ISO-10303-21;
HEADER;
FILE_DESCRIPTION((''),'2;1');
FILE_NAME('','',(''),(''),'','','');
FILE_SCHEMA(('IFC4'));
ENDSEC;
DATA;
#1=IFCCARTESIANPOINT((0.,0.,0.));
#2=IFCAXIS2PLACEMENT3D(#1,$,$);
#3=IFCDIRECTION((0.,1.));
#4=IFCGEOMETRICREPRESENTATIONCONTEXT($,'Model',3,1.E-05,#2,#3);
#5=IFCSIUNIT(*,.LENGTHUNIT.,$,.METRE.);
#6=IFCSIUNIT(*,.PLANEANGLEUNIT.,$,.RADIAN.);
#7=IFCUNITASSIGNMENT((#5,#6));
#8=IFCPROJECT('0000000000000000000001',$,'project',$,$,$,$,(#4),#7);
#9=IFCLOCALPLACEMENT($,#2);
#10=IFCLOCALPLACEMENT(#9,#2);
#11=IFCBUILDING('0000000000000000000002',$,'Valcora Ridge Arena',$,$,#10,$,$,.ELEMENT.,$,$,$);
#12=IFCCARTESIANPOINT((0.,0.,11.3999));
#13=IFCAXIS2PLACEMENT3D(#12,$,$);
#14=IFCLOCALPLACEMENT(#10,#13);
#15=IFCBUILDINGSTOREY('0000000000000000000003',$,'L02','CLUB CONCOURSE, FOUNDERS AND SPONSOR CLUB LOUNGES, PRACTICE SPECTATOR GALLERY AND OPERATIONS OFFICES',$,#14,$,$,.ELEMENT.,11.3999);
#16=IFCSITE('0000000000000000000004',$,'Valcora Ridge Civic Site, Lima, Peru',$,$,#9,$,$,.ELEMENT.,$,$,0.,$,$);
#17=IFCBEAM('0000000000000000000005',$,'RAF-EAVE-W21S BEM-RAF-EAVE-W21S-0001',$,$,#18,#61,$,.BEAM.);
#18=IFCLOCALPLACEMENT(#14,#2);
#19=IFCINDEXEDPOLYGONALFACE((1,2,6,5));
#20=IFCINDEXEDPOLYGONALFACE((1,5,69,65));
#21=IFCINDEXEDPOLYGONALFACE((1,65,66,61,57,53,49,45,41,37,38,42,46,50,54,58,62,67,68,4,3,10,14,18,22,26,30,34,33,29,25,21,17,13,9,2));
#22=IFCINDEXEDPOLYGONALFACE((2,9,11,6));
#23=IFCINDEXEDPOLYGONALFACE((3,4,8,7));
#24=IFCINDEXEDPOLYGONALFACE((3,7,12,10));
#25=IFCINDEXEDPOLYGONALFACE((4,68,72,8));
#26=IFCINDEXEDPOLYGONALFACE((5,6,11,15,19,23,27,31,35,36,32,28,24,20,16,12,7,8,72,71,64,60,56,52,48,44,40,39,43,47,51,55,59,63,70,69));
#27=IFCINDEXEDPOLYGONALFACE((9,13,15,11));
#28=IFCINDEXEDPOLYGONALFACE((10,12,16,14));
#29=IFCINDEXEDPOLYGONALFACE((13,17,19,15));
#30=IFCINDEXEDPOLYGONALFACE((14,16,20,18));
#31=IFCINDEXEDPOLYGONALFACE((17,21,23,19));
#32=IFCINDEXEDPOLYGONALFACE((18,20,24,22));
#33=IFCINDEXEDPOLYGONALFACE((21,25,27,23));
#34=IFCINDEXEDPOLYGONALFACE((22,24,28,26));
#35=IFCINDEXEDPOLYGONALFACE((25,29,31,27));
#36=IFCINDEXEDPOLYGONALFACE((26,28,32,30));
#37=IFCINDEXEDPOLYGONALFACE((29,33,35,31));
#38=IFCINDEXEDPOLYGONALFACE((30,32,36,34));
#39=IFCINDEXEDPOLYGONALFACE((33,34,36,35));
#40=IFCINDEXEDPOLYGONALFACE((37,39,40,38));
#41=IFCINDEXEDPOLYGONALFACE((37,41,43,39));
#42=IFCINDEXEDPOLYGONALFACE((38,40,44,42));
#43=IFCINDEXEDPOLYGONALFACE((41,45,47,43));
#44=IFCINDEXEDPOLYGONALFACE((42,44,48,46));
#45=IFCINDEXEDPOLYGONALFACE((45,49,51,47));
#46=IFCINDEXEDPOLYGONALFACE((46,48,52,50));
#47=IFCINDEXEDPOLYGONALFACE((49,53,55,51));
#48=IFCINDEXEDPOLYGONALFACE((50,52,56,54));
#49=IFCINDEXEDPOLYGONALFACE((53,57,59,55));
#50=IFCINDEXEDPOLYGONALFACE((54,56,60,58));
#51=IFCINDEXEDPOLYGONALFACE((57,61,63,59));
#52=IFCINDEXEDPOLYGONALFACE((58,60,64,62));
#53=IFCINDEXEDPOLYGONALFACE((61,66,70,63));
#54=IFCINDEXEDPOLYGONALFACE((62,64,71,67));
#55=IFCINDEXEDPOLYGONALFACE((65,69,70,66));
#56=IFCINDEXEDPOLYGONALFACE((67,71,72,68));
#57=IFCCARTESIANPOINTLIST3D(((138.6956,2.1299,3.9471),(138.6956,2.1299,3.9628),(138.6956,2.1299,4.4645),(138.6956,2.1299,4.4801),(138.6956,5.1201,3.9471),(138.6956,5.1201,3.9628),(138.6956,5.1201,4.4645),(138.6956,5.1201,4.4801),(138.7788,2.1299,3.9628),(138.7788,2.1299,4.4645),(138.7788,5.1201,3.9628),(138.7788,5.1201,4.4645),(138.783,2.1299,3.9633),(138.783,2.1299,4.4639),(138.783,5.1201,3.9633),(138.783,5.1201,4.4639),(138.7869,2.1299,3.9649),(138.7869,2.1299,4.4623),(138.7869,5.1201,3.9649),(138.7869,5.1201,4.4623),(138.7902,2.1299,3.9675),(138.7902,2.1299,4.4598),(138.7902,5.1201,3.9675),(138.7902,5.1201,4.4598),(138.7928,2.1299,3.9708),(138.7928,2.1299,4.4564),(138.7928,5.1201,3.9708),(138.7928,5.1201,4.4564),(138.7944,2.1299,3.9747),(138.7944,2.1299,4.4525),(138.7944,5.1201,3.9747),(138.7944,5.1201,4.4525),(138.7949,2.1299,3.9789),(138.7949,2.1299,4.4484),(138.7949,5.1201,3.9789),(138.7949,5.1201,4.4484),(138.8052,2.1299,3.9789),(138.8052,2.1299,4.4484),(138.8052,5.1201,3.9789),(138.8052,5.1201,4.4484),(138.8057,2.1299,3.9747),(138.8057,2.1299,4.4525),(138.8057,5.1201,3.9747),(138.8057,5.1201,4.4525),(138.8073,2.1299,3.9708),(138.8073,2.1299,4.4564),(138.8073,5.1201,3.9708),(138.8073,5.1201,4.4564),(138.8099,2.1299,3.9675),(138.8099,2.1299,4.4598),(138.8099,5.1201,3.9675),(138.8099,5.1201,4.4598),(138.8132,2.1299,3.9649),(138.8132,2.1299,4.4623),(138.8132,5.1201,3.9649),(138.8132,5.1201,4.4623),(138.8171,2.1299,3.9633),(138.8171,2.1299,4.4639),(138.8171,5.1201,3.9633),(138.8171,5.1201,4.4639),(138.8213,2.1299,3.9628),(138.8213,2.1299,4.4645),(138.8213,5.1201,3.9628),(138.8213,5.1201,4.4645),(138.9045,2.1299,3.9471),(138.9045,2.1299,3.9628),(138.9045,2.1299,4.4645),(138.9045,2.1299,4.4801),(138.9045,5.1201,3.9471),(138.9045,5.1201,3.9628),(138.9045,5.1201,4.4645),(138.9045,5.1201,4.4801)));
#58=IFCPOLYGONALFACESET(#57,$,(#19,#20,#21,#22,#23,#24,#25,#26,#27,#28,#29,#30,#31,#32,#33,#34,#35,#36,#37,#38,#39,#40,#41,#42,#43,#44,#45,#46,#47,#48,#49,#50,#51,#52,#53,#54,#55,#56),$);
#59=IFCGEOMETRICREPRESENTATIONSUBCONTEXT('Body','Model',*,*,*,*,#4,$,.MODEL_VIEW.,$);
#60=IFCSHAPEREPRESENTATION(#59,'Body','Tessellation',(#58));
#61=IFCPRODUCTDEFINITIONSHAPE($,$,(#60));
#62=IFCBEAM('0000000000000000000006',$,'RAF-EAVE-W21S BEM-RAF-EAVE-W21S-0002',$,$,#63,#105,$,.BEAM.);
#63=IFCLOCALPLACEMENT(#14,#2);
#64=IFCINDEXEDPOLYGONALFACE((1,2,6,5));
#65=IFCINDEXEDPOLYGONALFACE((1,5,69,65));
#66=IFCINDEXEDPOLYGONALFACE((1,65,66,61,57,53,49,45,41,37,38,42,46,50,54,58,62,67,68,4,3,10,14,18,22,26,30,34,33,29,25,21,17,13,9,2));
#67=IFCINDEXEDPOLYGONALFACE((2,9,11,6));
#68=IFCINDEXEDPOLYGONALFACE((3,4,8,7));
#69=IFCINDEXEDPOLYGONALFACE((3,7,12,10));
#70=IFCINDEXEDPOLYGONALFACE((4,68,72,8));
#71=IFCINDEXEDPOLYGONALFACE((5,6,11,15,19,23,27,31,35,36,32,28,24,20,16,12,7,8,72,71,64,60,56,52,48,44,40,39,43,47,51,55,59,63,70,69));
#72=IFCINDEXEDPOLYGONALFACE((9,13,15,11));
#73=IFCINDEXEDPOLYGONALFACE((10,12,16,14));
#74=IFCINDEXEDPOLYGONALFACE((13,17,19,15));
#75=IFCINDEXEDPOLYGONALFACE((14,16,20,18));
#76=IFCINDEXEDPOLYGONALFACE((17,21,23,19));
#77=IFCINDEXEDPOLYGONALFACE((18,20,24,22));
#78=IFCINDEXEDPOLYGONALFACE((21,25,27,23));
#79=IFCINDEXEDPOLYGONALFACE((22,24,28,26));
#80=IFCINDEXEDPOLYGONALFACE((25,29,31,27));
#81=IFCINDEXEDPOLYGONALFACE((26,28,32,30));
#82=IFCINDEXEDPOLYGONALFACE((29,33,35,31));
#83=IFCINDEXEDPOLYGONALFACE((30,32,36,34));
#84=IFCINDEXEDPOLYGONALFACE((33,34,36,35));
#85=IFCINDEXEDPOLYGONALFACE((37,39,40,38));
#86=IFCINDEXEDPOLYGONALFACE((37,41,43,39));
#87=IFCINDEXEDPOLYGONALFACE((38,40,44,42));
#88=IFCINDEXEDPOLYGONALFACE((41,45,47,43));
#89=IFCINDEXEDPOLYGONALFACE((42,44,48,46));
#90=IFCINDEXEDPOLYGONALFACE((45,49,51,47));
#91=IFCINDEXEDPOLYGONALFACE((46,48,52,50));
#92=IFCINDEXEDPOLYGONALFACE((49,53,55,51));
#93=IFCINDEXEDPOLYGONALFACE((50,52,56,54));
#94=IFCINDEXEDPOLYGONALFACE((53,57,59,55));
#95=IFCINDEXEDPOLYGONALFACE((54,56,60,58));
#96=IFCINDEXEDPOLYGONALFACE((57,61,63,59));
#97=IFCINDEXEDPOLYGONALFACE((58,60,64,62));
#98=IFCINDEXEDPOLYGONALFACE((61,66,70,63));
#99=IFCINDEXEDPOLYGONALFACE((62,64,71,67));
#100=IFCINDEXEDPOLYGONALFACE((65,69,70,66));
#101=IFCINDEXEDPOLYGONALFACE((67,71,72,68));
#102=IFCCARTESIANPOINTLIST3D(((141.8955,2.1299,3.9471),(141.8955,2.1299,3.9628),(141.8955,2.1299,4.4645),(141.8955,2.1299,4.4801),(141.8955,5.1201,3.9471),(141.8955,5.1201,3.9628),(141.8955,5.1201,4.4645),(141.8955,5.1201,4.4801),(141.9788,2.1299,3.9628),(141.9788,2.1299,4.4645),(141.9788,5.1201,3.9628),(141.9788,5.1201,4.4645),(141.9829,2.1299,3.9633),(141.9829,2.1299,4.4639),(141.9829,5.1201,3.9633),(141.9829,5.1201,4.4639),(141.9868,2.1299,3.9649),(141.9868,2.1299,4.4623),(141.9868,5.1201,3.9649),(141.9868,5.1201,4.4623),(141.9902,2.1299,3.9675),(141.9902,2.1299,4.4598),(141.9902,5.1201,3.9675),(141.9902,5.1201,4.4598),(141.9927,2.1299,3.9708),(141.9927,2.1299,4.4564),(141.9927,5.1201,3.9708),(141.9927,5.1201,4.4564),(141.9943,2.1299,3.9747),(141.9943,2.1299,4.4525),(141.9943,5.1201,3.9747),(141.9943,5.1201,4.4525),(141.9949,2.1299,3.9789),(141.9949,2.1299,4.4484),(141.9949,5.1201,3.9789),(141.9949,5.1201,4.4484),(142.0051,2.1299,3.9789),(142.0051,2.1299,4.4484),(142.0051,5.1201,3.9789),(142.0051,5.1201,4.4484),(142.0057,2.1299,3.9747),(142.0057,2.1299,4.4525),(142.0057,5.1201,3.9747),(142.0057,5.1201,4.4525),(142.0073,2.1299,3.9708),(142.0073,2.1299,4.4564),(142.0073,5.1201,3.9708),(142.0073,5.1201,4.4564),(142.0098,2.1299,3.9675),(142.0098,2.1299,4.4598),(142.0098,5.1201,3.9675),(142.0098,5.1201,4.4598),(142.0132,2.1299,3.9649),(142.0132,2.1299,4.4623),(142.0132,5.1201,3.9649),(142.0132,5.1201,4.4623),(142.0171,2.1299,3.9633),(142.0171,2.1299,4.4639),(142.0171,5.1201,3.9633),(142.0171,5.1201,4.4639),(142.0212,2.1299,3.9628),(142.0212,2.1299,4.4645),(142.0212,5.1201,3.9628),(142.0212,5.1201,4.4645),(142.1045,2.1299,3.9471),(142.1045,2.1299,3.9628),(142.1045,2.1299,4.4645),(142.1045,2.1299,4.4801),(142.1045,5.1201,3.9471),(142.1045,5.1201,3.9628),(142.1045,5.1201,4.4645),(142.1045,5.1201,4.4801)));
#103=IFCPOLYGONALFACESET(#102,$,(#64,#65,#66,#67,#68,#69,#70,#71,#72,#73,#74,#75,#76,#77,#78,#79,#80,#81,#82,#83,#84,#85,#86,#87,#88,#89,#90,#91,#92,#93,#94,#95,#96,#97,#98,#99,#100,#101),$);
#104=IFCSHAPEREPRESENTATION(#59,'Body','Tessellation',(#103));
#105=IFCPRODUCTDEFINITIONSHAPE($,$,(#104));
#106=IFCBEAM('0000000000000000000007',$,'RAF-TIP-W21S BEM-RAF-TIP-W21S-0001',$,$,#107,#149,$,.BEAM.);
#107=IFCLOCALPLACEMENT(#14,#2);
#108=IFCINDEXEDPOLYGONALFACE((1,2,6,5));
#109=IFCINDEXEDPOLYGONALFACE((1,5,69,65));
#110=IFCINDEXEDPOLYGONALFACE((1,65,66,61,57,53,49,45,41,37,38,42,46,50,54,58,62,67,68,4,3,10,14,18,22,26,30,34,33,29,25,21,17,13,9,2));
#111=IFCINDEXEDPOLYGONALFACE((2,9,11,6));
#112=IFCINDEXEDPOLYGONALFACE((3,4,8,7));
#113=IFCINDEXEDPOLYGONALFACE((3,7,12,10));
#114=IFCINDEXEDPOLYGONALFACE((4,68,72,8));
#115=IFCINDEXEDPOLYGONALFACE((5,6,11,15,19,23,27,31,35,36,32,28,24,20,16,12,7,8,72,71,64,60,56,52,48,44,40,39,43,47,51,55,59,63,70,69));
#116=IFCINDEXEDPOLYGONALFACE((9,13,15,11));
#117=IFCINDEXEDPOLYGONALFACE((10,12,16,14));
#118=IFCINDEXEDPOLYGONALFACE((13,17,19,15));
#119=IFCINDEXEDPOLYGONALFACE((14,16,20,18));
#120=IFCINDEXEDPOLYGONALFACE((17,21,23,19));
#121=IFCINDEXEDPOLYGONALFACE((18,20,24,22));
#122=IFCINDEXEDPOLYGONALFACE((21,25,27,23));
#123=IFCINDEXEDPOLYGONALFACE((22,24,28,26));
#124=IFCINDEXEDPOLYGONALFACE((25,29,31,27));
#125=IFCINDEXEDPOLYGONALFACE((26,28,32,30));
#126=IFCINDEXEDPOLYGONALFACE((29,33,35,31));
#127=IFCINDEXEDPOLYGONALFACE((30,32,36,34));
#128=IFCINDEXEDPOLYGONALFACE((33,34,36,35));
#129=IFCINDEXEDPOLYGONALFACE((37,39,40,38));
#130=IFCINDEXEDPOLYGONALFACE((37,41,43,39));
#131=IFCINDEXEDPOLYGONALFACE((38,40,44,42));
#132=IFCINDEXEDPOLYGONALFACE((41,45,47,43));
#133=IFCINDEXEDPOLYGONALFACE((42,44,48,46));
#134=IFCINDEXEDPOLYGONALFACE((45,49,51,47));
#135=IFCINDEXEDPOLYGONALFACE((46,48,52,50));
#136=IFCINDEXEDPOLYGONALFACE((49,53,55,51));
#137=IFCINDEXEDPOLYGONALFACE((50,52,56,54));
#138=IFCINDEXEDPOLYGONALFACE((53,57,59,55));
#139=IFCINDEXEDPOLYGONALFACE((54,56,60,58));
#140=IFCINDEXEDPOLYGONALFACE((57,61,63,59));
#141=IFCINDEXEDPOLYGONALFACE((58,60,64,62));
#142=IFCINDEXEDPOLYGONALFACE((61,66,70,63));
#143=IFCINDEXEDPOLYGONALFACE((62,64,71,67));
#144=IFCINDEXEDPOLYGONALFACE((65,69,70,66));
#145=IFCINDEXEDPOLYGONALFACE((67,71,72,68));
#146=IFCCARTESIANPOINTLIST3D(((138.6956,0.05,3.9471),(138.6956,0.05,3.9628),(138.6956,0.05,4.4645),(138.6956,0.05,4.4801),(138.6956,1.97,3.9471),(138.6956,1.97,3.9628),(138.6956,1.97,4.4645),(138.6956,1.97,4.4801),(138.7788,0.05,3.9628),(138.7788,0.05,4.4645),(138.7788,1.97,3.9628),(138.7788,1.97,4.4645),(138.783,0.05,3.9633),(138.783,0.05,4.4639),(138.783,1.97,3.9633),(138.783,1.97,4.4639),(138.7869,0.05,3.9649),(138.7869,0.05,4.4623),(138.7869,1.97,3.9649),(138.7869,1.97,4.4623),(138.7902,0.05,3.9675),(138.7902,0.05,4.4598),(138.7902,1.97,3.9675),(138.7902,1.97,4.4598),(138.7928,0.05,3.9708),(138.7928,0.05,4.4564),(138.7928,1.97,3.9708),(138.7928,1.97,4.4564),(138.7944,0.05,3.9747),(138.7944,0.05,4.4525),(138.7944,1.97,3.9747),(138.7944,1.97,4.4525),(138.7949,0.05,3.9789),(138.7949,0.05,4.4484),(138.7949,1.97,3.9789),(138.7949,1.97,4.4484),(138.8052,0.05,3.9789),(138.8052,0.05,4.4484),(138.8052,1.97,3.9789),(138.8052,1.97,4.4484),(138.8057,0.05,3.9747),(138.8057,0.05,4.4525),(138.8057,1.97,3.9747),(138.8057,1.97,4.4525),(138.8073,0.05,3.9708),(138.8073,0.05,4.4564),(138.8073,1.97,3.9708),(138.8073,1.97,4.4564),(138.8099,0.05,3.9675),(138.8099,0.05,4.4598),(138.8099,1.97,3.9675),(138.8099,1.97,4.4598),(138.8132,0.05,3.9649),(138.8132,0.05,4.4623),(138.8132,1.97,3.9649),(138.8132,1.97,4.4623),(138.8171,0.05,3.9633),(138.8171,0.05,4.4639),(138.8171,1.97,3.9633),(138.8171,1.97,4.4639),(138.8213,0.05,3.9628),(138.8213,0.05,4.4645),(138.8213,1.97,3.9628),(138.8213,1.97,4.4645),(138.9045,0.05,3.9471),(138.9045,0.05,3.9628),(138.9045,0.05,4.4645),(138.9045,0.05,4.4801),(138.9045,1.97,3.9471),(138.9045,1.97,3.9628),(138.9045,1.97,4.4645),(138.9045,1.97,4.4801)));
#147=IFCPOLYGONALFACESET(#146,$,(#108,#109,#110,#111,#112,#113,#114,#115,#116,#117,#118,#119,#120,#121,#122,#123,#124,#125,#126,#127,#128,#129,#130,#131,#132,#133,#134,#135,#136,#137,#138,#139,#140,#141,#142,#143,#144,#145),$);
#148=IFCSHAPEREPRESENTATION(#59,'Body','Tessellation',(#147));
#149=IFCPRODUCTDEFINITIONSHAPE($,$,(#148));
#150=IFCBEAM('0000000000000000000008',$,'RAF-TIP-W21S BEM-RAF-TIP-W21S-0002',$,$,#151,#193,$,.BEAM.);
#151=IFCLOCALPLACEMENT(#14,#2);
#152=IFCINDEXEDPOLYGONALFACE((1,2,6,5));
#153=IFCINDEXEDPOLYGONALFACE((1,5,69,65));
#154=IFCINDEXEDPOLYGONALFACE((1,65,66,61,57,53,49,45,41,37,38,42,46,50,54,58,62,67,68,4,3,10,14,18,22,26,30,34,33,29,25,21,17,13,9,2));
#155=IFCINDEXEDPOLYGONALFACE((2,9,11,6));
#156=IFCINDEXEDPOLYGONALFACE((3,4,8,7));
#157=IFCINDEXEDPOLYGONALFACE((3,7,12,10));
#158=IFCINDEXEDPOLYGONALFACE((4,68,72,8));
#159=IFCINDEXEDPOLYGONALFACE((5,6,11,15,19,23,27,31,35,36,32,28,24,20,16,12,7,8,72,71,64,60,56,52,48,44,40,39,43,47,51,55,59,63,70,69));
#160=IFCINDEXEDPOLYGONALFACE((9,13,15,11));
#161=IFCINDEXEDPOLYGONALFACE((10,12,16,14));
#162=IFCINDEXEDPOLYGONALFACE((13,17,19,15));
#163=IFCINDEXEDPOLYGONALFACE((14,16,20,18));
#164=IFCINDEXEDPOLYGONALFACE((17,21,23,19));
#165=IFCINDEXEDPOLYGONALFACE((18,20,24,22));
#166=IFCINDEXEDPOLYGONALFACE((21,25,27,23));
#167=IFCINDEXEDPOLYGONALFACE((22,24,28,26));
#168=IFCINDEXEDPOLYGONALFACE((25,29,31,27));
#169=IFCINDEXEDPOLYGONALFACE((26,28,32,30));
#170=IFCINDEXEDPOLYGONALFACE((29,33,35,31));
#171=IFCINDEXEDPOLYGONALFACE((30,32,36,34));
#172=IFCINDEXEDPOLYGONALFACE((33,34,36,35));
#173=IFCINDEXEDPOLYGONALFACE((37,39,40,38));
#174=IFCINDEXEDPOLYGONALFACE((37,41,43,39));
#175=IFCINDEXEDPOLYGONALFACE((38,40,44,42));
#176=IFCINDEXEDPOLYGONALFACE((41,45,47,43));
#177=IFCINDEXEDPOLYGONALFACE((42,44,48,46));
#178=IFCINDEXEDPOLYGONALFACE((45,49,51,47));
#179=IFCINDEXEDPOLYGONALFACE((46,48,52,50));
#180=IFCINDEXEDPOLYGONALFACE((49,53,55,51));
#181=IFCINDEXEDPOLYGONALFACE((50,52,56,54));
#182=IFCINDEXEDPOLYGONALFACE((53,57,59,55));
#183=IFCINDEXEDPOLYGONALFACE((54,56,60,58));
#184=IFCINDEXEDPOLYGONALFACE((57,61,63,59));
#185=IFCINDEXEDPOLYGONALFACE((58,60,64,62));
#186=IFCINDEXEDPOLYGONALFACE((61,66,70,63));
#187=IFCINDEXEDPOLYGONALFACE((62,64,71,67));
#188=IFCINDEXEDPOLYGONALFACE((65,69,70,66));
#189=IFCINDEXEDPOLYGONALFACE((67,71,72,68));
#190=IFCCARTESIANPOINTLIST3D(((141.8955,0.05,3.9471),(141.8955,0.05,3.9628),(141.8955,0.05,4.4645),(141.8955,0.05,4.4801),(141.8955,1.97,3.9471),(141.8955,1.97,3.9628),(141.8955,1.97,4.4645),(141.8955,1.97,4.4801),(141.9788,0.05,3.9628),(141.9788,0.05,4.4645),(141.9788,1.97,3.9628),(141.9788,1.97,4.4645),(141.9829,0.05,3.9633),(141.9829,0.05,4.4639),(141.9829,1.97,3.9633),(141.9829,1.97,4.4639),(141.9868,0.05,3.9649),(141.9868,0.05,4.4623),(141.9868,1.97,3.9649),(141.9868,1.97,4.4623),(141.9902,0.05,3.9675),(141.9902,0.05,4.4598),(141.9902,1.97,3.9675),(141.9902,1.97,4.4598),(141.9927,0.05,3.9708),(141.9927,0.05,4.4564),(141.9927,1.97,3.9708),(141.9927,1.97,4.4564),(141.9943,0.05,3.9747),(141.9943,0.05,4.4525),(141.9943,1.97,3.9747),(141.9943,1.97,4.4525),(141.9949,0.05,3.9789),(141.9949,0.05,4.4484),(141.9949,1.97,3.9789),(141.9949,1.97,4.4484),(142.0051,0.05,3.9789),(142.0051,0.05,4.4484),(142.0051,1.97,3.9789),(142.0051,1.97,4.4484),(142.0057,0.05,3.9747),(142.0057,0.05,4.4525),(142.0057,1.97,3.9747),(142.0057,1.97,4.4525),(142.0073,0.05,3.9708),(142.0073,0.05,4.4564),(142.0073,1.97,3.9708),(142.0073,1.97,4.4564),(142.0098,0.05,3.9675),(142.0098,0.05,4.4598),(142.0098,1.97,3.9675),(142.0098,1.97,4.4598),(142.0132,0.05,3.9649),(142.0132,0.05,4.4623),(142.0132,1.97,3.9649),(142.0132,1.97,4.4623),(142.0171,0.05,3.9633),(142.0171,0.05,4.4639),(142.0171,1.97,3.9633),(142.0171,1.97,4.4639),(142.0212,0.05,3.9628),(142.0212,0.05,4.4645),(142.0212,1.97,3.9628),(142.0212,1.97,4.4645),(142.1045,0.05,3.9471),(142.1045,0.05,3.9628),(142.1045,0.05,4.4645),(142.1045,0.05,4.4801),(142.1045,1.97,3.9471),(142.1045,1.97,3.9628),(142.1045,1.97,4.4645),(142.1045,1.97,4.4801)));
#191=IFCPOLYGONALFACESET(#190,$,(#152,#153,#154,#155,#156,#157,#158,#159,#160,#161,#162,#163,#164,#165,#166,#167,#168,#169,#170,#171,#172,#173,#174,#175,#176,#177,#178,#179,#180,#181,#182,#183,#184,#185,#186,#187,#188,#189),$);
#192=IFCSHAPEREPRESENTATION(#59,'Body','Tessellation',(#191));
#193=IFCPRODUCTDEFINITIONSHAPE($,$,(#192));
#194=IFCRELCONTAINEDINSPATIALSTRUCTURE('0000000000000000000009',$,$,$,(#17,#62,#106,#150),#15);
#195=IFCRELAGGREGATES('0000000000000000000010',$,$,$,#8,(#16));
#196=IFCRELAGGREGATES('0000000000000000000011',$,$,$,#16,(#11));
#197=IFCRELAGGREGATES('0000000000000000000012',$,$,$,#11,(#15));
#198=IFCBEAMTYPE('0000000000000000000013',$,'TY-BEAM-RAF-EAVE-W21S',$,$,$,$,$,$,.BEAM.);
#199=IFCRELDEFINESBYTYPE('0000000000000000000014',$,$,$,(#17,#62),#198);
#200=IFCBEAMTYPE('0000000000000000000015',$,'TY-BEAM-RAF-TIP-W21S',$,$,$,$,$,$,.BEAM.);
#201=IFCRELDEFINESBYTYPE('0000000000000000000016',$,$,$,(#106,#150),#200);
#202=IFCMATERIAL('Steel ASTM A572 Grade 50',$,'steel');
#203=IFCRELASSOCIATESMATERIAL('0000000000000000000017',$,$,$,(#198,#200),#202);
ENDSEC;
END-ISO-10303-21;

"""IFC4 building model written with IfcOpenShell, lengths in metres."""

from ifc_helpers import new_model, si_unit, direction, frame, origin, origin_2d, place, context, subcontext, project, spatial, i_section, extrude, material, material_profile, profile_set, type_object, element, save


model = new_model("IFC4")

# Units and contexts
model_context = context("Model", 3, precision=1e-05, world=origin(), true_north=direction((0.0, 1.0)))
body_context = subcontext(model_context, "Body", "Model", "MODEL_VIEW")
ifc_project = project(units=[si_unit("LENGTHUNIT", "METRE"), si_unit("PLANEANGLEUNIT", "RADIAN")], contexts=[model_context])

# Site, building, storey
site_placement = place(None, origin())
site = spatial("IfcSite", under=ifc_project, at=site_placement, Name="Valcora Ridge Civic Site, Lima, Peru", CompositionType="ELEMENT", RefElevation=0.0)
building_placement = place(site_placement, origin())
building = spatial("IfcBuilding", under=site, at=building_placement, Name="Valcora Ridge Arena", CompositionType="ELEMENT")
storey_placement = place(building_placement, frame((0.0, 0.0, 11.3999)))
storey = spatial("IfcBuildingStorey", under=building, at=storey_placement, Name="L02", Description="CLUB CONCOURSE, FOUNDERS AND SPONSOR CLUB LOUNGES, PRACTICE SPECTATOR GALLERY AND OPERATIONS OFFICES", CompositionType="ELEMENT", Elevation=11.3999)

# Beams
ifc_material_1 = material(Name="Steel ASTM A572 Grade 50", Category="steel")
ifc_material_profile_1 = material_profile(ifc_material_1, i_section(OverallWidth=0.209, OverallDepth=0.533, WebThickness=0.0103, FlangeThickness=0.0156, FilletRadius=0.0161, at=origin_2d()), Name="W21X62")
ifc_profile_set_1 = profile_set([ifc_material_profile_1], Name="Steel ASTM A572 Grade 50")
beam_type_1 = type_object("IfcBeamType", Name="TY-BEAM-RAF-EAVE-W21S", PredefinedType="BEAM", material=ifc_profile_set_1)
for number, where, z_axis, x_axis, name in (
    (1, (138.8, 2.1299, 4.2136), (0.0, 1.0, 0.0), (-1.0, 0.0, 0.0), "RAF-EAVE-W21S BEM-RAF-EAVE-W21S-0001"),
    (2, (142.0, 2.1299, 4.2136), (0.0, 1.0, 0.0), (-1.0, 0.0, 0.0), "RAF-EAVE-W21S BEM-RAF-EAVE-W21S-0002"),
):
    element("IfcBeam", number, at=place(storey_placement, frame(where, z_axis=z_axis, x_axis=x_axis)), inside=storey, type_object=beam_type_1, Name=name, PredefinedType="BEAM", context=body_context, shape_type="SweptSolid", body=[
        extrude(i_section(OverallWidth=0.209, OverallDepth=0.533, WebThickness=0.0103, FlangeThickness=0.0156, FilletRadius=0.0161, at=origin_2d()), origin(), (0.0, 0.0, 1.0), 2.9902),
    ])
ifc_material_profile_2 = material_profile(ifc_material_1, i_section(OverallWidth=0.209, OverallDepth=0.533, WebThickness=0.0103, FlangeThickness=0.0156, FilletRadius=0.0161, at=origin_2d()), Name="W21X62")
ifc_profile_set_2 = profile_set([ifc_material_profile_2], Name="Steel ASTM A572 Grade 50")
beam_type_2 = type_object("IfcBeamType", Name="TY-BEAM-RAF-TIP-W21S", PredefinedType="BEAM", material=ifc_profile_set_2)
for number, where, z_axis, x_axis, name in (
    (3, (138.8, 0.05, 4.2136), (0.0, 1.0, 0.0), (-1.0, 0.0, 0.0), "RAF-TIP-W21S BEM-RAF-TIP-W21S-0001"),
    (4, (142.0, 0.05, 4.2136), (0.0, 1.0, 0.0), (-1.0, 0.0, 0.0), "RAF-TIP-W21S BEM-RAF-TIP-W21S-0002"),
):
    element("IfcBeam", number, at=place(storey_placement, frame(where, z_axis=z_axis, x_axis=x_axis)), inside=storey, type_object=beam_type_2, Name=name, PredefinedType="BEAM", context=body_context, shape_type="SweptSolid", body=[
        extrude(i_section(OverallWidth=0.209, OverallDepth=0.533, WebThickness=0.0103, FlangeThickness=0.0156, FilletRadius=0.0161, at=origin_2d()), origin(), (0.0, 0.0, 1.0), 1.9199),
    ])

save(model, "model.ifc")
